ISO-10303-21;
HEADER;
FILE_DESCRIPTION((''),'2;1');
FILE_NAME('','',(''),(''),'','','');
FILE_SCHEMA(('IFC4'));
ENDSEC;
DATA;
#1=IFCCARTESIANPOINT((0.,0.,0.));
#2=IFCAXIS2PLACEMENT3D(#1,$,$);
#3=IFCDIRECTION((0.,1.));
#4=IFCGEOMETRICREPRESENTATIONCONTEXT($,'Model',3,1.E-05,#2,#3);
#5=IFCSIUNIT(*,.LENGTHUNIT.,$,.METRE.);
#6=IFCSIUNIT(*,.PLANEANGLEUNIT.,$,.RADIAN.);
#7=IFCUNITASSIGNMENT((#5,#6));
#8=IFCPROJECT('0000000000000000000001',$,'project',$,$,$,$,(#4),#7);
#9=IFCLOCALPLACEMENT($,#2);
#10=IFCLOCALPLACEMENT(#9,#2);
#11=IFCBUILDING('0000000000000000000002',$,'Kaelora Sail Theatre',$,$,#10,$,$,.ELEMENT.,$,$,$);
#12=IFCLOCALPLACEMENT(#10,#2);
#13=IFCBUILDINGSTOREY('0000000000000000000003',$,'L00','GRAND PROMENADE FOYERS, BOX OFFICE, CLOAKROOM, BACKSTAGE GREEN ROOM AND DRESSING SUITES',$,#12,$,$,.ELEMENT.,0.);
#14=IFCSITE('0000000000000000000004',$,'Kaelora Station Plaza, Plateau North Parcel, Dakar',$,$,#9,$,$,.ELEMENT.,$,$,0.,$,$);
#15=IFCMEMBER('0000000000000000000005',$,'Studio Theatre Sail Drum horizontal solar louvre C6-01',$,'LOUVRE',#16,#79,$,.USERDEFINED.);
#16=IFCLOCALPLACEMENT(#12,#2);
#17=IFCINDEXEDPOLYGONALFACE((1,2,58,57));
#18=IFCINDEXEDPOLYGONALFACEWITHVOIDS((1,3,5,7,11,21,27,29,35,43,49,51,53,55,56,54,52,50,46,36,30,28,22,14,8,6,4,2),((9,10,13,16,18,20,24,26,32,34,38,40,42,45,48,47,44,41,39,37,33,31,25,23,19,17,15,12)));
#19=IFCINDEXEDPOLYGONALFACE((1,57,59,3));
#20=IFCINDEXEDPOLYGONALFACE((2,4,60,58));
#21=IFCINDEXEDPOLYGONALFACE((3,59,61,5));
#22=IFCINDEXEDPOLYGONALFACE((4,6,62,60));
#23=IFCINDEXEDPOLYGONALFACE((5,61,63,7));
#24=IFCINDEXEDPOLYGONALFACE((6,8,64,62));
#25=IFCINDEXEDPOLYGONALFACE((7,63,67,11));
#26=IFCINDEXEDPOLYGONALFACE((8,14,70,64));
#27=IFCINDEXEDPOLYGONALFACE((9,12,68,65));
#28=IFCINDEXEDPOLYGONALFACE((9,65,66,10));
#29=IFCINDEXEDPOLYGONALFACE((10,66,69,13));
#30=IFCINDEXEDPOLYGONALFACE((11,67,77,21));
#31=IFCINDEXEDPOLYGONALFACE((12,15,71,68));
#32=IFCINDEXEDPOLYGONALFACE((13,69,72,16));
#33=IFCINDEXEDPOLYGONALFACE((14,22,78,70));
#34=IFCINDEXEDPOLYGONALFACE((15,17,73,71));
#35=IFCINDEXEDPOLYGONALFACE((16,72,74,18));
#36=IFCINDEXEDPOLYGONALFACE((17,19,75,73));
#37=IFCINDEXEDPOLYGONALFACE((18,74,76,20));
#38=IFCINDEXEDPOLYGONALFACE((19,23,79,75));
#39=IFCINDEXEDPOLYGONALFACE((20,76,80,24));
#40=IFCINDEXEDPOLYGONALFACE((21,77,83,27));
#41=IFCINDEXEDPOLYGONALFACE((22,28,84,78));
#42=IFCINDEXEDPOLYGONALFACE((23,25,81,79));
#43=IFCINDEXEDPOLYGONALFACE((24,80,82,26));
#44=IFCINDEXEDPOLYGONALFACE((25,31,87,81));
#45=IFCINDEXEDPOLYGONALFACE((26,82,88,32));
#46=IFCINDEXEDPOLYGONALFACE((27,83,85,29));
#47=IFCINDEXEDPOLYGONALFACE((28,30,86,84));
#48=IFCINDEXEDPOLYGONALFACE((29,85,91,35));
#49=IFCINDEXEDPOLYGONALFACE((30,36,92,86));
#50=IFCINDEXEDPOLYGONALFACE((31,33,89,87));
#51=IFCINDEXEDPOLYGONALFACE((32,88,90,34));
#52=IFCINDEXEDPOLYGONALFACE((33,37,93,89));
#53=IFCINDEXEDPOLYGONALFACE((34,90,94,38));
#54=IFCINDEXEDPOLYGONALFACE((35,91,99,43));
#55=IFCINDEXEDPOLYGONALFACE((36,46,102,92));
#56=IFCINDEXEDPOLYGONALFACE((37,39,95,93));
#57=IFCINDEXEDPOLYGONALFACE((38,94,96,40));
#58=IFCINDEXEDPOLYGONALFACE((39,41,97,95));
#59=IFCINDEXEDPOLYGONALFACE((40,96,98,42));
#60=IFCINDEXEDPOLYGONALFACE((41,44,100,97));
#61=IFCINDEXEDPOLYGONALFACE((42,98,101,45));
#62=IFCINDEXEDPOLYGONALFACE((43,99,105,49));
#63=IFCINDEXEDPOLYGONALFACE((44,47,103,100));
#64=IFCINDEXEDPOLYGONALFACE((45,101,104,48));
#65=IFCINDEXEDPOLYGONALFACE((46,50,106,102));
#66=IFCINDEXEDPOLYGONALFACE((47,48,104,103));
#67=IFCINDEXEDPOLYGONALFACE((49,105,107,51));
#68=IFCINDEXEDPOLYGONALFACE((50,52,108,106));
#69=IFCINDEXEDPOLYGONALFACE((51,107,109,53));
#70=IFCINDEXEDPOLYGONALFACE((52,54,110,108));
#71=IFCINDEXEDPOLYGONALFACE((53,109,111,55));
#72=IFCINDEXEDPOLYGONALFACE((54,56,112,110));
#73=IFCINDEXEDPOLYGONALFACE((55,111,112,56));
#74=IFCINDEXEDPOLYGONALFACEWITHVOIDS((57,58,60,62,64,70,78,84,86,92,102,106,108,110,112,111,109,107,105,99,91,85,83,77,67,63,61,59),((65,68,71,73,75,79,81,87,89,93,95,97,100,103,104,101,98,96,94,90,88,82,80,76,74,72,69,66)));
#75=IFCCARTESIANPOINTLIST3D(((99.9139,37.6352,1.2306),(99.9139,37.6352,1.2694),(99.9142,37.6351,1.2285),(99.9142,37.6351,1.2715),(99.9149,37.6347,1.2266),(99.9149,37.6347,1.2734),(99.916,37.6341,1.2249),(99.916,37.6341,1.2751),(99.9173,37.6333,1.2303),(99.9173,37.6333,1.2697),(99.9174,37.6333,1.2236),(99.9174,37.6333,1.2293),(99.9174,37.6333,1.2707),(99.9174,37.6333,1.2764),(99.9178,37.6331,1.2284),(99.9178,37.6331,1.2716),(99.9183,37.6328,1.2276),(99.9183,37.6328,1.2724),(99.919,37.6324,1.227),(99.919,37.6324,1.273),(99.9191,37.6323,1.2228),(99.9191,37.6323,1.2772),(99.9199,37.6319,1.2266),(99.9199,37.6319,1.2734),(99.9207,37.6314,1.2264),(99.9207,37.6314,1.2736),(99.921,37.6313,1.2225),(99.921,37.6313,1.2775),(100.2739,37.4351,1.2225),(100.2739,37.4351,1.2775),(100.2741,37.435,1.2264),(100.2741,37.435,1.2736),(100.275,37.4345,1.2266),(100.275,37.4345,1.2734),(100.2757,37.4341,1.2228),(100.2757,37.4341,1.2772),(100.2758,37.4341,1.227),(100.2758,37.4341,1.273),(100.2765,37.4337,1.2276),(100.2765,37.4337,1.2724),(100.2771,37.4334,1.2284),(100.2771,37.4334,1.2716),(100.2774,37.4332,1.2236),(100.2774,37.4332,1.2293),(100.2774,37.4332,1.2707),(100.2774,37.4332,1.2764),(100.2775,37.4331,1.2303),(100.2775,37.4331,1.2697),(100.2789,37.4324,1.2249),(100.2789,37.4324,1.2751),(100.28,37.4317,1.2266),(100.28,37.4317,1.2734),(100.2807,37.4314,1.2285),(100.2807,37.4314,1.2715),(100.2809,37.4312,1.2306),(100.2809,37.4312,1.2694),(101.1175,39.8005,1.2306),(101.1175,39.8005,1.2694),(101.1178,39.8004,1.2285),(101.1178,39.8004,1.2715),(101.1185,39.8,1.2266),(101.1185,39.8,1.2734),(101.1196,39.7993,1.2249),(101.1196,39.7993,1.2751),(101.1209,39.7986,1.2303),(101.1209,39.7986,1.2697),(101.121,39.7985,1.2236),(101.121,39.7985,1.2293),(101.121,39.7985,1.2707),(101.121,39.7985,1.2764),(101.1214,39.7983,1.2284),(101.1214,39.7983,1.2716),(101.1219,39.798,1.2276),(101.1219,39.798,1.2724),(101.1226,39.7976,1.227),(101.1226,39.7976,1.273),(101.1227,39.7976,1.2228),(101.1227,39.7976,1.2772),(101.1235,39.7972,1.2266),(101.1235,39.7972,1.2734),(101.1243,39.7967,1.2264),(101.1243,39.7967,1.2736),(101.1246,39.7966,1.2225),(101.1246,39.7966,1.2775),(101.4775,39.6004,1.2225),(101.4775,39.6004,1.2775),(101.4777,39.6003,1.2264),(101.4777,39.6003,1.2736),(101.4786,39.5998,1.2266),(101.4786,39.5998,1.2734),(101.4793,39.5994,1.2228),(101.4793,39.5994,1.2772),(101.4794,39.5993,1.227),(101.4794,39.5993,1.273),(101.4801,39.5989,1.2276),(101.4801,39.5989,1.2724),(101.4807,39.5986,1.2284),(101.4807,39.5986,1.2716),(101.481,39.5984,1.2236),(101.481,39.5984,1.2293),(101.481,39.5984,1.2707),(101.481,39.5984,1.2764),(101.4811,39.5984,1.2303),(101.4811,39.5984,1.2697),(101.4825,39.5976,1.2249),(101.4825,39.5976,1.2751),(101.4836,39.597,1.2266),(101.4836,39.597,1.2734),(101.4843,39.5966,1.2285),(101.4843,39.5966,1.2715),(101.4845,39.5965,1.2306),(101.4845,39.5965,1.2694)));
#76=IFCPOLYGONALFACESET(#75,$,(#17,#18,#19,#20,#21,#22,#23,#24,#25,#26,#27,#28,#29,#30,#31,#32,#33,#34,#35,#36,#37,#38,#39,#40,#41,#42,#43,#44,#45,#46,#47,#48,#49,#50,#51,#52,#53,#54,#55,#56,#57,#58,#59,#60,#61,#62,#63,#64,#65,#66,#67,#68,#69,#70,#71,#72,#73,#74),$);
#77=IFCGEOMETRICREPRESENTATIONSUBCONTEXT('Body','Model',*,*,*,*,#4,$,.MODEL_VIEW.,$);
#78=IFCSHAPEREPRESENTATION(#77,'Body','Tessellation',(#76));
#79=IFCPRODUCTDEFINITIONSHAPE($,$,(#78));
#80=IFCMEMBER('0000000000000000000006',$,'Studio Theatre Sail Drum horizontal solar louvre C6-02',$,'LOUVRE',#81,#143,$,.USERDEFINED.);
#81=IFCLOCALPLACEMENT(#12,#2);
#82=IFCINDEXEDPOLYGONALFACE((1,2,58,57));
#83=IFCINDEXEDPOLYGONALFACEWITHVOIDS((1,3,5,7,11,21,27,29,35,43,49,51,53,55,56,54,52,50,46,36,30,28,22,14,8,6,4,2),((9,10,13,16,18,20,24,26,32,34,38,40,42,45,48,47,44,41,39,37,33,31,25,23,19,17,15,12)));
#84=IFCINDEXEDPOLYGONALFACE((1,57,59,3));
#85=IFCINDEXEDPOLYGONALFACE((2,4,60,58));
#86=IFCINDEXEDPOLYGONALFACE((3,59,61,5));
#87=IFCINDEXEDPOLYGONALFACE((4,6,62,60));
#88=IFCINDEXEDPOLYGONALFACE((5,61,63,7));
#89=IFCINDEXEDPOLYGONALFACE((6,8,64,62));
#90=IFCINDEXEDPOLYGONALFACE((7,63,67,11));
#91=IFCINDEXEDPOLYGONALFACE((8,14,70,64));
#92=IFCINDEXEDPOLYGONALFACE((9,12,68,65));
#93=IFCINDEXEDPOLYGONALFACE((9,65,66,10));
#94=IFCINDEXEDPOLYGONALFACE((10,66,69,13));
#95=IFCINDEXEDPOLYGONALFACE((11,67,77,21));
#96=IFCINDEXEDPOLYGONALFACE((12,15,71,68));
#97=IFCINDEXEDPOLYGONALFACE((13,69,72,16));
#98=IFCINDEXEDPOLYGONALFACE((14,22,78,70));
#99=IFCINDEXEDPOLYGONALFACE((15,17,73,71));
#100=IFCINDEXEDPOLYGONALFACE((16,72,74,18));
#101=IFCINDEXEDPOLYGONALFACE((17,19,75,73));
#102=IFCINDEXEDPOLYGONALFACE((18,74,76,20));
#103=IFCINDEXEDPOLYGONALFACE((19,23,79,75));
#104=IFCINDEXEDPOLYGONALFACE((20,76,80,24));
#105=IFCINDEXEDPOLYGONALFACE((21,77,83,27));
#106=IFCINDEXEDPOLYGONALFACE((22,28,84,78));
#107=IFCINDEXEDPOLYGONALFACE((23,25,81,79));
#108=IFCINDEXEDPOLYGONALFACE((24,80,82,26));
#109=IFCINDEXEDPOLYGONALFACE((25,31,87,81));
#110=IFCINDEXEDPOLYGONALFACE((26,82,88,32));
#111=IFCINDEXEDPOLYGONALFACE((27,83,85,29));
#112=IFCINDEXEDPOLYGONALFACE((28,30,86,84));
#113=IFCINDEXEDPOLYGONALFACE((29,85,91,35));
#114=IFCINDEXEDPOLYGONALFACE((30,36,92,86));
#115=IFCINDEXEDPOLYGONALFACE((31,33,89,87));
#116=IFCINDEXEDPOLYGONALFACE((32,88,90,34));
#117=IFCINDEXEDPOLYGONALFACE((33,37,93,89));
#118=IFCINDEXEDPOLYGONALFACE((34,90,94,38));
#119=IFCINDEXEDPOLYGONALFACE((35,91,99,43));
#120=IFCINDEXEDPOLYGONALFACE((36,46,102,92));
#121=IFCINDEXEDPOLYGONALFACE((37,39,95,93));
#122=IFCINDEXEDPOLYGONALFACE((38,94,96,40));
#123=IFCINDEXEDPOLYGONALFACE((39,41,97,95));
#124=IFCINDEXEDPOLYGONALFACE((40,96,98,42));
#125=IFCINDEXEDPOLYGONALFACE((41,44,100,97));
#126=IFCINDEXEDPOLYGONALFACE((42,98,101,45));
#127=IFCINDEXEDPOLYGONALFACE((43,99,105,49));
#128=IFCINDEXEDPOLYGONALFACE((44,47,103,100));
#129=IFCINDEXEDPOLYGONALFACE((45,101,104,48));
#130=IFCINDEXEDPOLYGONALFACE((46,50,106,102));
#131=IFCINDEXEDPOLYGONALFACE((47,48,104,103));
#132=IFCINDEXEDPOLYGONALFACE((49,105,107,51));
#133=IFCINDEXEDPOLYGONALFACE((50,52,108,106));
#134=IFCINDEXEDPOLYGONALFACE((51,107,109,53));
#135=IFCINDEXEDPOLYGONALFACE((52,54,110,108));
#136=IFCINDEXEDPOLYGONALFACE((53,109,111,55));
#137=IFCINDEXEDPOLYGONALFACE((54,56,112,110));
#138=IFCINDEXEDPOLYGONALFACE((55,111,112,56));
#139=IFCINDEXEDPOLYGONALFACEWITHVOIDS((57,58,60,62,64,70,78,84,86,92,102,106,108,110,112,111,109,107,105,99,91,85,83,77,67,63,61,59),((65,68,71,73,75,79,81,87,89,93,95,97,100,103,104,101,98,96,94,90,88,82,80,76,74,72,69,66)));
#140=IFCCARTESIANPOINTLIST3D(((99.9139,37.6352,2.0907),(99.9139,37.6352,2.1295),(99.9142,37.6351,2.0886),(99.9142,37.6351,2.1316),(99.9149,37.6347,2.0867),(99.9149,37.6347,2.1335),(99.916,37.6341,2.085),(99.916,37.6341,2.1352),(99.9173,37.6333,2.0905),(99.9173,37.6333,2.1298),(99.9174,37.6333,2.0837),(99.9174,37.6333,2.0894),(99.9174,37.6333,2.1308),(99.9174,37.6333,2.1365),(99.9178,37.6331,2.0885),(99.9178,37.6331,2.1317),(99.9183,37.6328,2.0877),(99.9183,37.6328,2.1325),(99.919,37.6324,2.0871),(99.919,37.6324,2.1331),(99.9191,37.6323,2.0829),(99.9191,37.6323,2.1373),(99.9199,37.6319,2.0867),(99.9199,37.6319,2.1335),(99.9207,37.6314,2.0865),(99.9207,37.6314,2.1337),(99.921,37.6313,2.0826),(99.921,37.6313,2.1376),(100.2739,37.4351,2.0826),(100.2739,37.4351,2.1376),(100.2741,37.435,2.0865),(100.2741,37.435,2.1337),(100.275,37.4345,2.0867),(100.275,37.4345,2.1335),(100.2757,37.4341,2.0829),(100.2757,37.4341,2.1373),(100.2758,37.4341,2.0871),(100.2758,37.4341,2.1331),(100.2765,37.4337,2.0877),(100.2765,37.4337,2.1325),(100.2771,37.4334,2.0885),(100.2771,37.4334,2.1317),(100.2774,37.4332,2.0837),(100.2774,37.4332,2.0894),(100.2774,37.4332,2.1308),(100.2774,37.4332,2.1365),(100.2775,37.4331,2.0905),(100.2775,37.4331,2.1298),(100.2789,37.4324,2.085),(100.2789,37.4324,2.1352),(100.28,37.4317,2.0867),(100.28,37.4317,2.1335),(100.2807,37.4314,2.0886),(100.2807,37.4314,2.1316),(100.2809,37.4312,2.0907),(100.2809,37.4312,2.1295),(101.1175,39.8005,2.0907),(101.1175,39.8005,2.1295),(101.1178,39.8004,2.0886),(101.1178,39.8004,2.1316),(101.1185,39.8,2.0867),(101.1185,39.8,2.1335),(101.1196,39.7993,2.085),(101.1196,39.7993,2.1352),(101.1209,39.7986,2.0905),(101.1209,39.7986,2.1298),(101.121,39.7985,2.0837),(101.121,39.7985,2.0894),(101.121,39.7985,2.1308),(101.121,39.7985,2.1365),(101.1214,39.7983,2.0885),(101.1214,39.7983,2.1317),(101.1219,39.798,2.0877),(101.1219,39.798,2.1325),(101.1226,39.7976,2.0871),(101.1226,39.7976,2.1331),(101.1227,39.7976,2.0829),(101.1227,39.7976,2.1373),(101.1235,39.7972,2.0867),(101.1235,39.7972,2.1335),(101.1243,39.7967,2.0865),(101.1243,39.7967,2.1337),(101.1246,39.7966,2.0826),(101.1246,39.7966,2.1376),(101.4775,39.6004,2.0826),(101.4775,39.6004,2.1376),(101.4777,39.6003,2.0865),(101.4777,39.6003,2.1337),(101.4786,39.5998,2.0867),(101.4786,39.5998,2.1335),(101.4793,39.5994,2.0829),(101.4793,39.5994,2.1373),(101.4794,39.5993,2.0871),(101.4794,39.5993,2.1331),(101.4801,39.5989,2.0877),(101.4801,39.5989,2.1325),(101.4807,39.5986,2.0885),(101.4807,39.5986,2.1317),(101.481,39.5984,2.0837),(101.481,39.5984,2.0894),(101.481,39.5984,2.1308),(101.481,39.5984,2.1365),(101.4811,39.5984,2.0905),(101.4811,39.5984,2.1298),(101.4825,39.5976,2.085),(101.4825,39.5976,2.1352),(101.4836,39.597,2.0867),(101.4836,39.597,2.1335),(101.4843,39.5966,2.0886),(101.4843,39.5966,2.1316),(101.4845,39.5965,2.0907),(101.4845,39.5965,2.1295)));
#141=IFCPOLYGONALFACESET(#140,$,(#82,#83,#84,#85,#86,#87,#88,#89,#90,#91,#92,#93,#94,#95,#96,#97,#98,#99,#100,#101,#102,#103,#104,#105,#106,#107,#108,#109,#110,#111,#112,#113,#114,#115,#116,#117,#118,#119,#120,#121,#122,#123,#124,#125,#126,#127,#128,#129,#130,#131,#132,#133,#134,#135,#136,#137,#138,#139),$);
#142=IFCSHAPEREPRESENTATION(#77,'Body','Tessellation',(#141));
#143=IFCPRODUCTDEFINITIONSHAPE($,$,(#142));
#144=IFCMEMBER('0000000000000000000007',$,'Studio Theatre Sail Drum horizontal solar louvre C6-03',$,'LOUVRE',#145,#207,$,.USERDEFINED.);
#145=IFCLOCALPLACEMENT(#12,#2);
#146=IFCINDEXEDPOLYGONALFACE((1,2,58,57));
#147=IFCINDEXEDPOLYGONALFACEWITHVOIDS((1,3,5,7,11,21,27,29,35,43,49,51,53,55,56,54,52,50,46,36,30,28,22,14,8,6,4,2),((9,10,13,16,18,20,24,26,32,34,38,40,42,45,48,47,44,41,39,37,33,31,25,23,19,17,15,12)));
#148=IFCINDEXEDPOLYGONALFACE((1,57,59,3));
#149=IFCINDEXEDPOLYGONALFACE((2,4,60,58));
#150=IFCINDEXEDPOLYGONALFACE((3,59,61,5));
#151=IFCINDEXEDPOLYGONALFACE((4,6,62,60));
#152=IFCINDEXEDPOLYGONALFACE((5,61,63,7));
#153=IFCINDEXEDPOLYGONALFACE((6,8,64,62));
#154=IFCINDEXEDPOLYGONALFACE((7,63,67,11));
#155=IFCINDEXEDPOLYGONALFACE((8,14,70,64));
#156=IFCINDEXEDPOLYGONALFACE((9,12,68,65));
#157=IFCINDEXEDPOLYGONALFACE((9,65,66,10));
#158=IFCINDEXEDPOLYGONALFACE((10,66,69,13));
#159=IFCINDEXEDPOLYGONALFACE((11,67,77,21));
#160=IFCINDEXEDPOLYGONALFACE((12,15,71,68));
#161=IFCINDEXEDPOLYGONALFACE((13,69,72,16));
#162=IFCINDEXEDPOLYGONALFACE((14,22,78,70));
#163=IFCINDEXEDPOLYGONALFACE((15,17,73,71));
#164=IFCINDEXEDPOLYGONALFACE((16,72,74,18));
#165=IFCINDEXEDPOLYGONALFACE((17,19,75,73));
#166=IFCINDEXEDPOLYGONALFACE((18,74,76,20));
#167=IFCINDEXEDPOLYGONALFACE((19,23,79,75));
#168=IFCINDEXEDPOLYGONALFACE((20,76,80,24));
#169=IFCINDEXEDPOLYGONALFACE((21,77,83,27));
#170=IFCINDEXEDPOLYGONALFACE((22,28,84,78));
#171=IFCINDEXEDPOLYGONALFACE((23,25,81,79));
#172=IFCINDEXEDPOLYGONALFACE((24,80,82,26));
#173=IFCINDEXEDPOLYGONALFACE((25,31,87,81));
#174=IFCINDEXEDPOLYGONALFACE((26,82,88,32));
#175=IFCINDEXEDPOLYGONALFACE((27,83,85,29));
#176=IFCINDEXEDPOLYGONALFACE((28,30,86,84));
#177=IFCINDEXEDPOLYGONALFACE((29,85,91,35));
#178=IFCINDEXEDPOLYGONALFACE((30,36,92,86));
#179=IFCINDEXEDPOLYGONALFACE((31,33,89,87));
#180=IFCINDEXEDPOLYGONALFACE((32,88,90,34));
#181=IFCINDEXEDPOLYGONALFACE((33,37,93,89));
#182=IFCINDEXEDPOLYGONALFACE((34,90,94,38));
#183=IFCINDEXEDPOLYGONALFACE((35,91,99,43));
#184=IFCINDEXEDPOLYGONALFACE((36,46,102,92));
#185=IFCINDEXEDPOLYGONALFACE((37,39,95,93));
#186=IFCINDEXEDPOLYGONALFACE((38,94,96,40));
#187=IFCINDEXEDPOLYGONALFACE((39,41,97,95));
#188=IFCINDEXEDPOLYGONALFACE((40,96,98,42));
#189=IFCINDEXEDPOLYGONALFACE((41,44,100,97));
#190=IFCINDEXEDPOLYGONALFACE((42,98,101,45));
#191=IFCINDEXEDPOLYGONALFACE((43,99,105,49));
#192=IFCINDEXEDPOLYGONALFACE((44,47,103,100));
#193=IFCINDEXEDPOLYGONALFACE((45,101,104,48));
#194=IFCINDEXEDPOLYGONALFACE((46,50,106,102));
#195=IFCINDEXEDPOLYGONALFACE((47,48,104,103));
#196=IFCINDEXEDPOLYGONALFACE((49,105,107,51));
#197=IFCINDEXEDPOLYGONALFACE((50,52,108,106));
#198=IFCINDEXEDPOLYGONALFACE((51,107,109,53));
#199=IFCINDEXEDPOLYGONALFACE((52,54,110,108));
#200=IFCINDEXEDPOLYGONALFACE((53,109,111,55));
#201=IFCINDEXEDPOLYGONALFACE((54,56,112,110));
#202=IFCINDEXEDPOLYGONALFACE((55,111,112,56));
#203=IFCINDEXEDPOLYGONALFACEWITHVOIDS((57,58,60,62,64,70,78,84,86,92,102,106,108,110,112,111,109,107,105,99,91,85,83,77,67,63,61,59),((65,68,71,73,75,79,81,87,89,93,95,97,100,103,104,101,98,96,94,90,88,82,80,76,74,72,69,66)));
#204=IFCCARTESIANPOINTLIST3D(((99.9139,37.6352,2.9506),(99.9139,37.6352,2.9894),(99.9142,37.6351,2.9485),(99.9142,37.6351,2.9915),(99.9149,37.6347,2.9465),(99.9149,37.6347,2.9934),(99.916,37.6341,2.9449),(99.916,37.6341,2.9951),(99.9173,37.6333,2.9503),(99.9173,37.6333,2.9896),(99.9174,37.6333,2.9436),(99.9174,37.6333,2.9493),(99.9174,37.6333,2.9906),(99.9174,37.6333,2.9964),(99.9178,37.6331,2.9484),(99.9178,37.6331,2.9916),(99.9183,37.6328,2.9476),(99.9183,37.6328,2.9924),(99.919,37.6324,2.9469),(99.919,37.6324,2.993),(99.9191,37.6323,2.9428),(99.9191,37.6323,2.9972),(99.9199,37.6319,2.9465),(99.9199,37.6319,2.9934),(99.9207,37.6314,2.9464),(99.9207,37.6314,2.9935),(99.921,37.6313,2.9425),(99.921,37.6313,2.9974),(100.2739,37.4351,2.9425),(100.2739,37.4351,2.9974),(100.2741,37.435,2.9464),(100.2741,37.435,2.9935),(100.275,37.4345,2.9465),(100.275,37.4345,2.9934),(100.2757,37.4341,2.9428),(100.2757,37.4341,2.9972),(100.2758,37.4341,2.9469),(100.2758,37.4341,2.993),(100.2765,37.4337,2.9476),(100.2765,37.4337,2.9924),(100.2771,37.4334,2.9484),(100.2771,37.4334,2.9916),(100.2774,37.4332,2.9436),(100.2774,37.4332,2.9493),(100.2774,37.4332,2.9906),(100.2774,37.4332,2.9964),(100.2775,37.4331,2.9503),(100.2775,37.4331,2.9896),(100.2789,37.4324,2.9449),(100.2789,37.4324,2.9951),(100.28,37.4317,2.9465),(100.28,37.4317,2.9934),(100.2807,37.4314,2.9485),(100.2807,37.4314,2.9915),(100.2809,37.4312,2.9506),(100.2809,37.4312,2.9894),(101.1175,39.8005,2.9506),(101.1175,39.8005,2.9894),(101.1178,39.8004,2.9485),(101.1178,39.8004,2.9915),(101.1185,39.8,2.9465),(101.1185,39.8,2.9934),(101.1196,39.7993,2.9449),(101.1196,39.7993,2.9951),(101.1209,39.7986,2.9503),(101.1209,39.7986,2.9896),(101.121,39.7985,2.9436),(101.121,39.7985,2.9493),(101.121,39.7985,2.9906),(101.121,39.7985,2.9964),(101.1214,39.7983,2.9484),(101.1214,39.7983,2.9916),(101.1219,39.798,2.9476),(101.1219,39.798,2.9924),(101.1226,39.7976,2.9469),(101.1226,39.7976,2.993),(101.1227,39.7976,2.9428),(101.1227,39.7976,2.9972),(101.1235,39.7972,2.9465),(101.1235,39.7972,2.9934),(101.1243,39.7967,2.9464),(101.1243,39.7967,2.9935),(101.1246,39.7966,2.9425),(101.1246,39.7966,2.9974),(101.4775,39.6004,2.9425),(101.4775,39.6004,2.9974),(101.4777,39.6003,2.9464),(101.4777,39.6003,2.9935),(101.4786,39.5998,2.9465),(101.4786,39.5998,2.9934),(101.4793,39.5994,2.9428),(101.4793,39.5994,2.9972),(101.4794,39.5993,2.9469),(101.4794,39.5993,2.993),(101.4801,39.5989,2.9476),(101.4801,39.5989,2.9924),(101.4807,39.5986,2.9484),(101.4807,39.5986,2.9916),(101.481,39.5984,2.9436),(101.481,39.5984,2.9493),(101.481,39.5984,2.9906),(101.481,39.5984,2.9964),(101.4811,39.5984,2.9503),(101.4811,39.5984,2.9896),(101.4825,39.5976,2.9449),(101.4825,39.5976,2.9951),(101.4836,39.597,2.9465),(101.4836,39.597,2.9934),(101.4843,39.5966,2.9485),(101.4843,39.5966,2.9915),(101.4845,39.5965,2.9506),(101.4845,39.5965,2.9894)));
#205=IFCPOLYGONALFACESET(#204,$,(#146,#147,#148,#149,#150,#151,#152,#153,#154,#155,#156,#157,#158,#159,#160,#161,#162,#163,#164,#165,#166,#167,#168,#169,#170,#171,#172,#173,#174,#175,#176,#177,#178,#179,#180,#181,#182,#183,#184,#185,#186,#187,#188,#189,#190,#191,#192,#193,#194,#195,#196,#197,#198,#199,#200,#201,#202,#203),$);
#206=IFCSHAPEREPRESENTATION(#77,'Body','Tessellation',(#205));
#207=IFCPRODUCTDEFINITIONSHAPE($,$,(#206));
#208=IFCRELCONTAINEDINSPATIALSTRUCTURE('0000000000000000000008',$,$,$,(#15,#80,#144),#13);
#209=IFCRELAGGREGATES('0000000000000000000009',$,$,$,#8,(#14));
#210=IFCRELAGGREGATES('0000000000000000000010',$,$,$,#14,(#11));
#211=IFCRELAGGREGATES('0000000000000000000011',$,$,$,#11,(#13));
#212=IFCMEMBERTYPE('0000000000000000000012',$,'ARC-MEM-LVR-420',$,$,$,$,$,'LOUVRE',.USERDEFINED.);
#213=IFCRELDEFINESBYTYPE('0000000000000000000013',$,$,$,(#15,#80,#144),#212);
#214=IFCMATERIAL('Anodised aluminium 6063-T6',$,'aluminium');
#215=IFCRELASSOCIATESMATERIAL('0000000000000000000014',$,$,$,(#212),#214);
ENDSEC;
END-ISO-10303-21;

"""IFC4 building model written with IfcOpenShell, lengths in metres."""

from ifc_helpers import new_model, si_unit, direction, frame, origin, origin_2d, place, context, subcontext, project, spatial, hollow_rectangle, extrude, material, material_profile, profile_set, type_object, element, save


model = new_model("IFC4")

# Units and contexts
model_context = context("Model", 3, precision=1e-05, world=origin(), true_north=direction((0.0, 1.0)))
body_context = subcontext(model_context, "Body", "Model", "MODEL_VIEW")
ifc_project = project(units=[si_unit("LENGTHUNIT", "METRE"), si_unit("PLANEANGLEUNIT", "RADIAN")], contexts=[model_context])

# Site, building, storey
site_placement = place(None, origin())
site = spatial("IfcSite", under=ifc_project, at=site_placement, Name="Kaelora Station Plaza, Plateau North Parcel, Dakar", CompositionType="ELEMENT", RefElevation=0.0)
building_placement = place(site_placement, origin())
building = spatial("IfcBuilding", under=site, at=building_placement, Name="Kaelora Sail Theatre", CompositionType="ELEMENT")
storey_placement = place(building_placement, origin())
storey = spatial("IfcBuildingStorey", under=building, at=storey_placement, Name="L00", Description="GRAND PROMENADE FOYERS, BOX OFFICE, CLOAKROOM, BACKSTAGE GREEN ROOM AND DRESSING SUITES", CompositionType="ELEMENT", Elevation=0.0)

# Members
ifc_material_1 = material(Name="Anodised aluminium 6063-T6", Category="aluminium")
ifc_material_profile_1 = material_profile(ifc_material_1, hollow_rectangle(XDim=0.4199, YDim=0.0549, WallThickness=0.0039, InnerFilletRadius=0.0039, OuterFilletRadius=0.0081, at=origin_2d()), Name="LOUVRE 420x55x4")
ifc_profile_set_1 = profile_set([ifc_material_profile_1], Name="Anodised aluminium 6063-T6")
member_type_1 = type_object("IfcMemberType", Name="ARC-MEM-LVR-420", ElementType="LOUVRE", PredefinedType="USERDEFINED", material=ifc_profile_set_1)
for number, where, z_axis, x_axis, name in (
    (1, (101.301, 39.6985, 1.25), (-0.485852, -0.874041, 0.0), (0.874041, -0.485852, 0.0), "Studio Theatre Sail Drum horizontal solar louvre C6-01"),
    (2, (101.301, 39.6985, 2.1101), (-0.485852, -0.874041, 0.0), (0.874041, -0.485852, 0.0), "Studio Theatre Sail Drum horizontal solar louvre C6-02"),
    (3, (101.301, 39.6985, 2.97), (-0.485852, -0.874041, 0.0), (0.874041, -0.485852, 0.0), "Studio Theatre Sail Drum horizontal solar louvre C6-03"),
):
    element("IfcMember", number, at=place(storey_placement, frame(where, z_axis=z_axis, x_axis=x_axis)), inside=storey, type_object=member_type_1, Name=name, ObjectType="LOUVRE", PredefinedType="USERDEFINED", context=body_context, shape_type="SweptSolid", body=[
        extrude(hollow_rectangle(XDim=0.4199, YDim=0.0549, WallThickness=0.0039, InnerFilletRadius=0.0039, OuterFilletRadius=0.0081, at=origin_2d()), origin(), (0.0, 0.0, 1.0), 2.4773),
    ])

save(model, "model.ifc")
